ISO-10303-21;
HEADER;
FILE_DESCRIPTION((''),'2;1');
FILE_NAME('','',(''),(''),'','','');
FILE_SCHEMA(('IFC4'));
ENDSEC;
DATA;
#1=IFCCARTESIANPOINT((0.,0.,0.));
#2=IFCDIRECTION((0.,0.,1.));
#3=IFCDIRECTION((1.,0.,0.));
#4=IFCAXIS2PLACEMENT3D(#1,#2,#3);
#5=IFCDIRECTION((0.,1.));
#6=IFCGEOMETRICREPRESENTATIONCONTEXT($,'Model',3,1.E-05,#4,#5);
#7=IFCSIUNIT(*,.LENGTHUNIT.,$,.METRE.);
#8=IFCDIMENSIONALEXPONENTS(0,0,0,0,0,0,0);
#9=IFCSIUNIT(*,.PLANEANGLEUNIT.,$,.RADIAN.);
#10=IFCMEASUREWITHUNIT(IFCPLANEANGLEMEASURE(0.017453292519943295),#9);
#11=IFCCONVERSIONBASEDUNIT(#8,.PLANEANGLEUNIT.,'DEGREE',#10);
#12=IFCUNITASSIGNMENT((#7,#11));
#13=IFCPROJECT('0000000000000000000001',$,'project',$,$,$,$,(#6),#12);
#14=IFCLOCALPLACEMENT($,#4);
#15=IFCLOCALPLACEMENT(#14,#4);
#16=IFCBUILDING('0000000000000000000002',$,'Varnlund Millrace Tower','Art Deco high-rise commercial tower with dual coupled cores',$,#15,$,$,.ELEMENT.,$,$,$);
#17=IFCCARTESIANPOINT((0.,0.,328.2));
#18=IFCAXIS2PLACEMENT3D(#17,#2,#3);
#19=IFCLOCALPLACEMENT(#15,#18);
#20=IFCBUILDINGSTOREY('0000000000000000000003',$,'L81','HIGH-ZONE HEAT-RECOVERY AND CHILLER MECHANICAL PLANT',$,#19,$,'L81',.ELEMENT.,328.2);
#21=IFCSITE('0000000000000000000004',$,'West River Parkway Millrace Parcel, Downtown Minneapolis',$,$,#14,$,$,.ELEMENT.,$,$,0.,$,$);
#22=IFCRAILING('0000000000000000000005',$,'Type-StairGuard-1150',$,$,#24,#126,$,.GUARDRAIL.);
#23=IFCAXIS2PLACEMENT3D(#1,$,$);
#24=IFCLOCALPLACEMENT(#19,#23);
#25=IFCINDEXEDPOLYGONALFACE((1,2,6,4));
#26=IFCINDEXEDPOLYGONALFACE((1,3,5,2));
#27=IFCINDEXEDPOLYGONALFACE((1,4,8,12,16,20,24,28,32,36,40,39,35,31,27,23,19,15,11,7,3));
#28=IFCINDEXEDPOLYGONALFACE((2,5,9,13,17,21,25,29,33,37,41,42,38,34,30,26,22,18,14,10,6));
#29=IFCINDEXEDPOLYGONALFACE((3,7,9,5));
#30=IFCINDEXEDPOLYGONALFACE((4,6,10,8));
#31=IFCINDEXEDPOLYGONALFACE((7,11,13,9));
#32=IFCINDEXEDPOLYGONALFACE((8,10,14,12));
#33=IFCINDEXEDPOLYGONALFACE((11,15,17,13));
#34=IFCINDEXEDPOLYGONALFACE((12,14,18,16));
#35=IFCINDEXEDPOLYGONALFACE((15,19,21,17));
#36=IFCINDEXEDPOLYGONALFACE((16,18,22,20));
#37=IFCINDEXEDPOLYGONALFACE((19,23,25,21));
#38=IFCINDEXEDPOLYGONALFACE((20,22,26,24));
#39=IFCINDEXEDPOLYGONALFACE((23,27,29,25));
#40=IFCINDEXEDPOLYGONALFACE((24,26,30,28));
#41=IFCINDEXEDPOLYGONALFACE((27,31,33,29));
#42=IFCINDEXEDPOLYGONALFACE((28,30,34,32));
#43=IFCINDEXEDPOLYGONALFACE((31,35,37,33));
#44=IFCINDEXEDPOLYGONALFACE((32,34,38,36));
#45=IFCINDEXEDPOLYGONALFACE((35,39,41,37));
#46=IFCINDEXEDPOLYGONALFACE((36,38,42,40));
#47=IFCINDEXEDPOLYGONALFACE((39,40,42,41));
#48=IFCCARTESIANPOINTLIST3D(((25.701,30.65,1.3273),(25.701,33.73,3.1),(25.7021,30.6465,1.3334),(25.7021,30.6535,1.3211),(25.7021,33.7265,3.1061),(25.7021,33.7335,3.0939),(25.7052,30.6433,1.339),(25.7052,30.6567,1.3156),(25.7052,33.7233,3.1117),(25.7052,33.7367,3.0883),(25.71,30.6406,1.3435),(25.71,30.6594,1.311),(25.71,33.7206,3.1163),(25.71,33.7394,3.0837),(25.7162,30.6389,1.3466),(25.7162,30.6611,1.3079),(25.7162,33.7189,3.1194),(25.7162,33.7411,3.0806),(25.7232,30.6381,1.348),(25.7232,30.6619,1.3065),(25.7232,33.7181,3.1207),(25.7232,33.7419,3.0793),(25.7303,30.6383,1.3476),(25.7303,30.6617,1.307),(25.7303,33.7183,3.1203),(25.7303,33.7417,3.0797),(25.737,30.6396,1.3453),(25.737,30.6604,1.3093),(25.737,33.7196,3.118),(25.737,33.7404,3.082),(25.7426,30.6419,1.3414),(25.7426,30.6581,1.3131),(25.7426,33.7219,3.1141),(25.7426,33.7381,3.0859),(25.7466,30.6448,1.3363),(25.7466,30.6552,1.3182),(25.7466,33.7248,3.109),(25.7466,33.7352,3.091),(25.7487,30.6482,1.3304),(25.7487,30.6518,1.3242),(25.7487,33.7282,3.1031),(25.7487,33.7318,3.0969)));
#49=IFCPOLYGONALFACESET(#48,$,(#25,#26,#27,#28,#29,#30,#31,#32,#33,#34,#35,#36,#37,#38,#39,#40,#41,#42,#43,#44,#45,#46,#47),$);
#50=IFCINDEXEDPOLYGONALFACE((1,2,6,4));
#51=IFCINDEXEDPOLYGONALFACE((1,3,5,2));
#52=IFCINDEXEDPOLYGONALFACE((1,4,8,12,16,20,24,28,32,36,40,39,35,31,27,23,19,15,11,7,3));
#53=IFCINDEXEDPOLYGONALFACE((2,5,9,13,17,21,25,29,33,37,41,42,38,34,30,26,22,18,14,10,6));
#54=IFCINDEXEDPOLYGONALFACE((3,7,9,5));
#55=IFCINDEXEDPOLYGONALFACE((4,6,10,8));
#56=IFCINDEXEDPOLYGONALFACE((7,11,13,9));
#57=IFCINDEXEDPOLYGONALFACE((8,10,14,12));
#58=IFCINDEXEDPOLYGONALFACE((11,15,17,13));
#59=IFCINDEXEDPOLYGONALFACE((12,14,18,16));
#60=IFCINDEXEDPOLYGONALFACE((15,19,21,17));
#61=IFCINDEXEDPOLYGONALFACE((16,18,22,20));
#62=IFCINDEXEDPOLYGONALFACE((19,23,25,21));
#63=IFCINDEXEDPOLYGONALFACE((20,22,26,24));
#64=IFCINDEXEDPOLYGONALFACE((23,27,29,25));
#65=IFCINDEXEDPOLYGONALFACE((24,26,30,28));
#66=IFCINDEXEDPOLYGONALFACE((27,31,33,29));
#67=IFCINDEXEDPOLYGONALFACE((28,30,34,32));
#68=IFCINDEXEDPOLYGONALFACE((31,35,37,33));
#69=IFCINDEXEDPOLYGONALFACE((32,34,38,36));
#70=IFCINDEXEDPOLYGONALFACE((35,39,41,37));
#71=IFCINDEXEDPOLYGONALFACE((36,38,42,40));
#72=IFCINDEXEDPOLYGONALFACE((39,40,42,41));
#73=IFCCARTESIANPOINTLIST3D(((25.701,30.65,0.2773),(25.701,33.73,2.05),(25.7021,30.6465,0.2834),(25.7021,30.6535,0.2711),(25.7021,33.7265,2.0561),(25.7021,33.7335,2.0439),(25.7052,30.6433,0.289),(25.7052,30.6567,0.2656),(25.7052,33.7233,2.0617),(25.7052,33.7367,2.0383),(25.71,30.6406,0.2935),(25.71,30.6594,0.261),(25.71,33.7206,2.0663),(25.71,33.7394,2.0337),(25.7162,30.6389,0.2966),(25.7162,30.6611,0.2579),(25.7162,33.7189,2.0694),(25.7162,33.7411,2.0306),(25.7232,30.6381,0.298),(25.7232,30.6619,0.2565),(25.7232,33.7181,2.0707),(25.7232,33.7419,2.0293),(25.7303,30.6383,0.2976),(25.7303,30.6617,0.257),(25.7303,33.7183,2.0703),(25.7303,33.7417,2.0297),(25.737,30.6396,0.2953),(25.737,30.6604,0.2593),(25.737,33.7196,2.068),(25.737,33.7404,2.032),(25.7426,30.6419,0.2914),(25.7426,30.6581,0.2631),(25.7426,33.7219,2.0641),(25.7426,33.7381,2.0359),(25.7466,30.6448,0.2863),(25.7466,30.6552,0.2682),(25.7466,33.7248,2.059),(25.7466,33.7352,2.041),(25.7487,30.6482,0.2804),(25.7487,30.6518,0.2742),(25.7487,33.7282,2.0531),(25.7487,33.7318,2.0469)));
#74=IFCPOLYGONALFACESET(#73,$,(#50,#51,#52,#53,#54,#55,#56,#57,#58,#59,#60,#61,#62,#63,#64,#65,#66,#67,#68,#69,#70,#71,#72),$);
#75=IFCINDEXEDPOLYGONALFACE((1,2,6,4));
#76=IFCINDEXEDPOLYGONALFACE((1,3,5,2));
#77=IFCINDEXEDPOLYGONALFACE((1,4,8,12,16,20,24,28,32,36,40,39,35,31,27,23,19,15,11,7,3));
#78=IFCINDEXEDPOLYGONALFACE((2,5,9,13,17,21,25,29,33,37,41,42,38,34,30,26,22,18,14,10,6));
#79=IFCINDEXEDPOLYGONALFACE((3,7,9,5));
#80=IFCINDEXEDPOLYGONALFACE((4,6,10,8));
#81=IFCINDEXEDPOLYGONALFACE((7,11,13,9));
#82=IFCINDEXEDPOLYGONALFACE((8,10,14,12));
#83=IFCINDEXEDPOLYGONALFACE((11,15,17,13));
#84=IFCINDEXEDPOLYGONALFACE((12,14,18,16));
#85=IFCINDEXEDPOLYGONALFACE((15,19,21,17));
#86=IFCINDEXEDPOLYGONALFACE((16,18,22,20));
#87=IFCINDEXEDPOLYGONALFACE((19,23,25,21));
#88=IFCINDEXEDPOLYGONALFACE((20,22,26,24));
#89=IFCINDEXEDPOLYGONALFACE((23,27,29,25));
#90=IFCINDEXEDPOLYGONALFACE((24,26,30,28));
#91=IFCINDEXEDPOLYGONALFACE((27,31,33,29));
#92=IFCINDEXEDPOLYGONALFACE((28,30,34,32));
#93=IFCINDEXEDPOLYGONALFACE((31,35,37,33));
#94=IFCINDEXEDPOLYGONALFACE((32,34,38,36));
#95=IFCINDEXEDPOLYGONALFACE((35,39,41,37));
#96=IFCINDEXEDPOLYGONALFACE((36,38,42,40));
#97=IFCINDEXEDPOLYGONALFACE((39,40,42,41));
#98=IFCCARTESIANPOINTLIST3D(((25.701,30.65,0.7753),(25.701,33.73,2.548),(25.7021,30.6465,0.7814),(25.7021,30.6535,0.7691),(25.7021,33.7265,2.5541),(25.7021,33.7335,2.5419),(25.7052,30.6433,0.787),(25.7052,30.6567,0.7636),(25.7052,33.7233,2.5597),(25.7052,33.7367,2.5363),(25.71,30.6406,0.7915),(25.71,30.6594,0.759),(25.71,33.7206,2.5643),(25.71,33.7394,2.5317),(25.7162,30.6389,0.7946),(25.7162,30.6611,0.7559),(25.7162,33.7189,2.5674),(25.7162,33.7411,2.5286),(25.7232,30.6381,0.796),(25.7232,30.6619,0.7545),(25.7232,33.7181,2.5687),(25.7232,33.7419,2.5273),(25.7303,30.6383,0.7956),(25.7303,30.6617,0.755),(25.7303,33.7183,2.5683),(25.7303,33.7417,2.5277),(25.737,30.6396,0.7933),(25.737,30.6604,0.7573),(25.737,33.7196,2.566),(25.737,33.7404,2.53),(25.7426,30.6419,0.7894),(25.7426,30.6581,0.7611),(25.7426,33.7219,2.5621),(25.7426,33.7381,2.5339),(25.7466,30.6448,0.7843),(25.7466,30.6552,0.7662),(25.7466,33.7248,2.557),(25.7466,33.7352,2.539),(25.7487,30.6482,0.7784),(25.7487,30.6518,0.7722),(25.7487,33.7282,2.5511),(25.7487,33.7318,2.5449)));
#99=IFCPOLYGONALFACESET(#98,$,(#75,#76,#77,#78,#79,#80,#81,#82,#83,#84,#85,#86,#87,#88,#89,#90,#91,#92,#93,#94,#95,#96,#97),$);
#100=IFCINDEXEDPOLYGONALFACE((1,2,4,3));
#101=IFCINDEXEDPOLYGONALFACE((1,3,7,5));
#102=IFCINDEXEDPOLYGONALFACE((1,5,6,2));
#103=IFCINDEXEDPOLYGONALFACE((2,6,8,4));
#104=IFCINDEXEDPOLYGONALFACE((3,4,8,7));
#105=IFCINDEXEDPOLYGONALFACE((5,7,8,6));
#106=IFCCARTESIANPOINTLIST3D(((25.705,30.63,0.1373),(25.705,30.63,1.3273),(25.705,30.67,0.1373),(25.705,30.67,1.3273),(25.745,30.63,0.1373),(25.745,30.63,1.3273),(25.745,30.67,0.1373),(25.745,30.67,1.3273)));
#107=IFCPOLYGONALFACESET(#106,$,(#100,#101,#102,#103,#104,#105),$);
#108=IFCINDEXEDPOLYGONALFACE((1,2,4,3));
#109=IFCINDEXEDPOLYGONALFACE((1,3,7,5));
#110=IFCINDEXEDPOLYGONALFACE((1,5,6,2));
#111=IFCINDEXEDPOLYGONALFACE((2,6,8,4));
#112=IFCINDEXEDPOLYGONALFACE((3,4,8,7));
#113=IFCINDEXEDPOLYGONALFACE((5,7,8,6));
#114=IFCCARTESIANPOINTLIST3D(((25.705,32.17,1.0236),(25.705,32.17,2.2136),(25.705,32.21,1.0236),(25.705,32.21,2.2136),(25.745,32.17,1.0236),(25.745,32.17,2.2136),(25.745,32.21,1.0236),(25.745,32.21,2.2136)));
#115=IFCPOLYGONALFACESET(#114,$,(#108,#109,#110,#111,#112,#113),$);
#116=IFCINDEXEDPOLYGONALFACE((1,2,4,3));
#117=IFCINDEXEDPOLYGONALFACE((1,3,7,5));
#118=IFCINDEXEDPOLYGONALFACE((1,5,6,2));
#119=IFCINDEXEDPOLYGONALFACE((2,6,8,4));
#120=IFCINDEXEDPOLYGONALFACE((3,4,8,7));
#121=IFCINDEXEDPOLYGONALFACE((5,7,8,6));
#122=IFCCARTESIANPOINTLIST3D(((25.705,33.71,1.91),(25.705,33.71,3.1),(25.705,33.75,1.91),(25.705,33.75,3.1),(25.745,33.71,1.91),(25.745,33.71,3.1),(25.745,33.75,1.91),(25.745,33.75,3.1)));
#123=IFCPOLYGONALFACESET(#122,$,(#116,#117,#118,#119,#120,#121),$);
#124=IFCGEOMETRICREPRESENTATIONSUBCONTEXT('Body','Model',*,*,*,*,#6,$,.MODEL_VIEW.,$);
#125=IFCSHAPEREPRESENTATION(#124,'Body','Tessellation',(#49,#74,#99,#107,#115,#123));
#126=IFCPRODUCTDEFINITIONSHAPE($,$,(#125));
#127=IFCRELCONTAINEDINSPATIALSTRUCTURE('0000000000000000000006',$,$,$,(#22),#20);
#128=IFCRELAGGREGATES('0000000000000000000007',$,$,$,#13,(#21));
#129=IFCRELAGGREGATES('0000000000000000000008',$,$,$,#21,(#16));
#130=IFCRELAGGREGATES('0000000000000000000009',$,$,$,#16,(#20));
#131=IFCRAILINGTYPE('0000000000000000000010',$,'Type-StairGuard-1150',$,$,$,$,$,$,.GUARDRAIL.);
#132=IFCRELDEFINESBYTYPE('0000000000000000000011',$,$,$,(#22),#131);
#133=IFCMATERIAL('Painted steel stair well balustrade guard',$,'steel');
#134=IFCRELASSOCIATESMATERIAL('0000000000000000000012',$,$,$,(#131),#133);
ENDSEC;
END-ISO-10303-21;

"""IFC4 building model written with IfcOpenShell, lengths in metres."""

from ifc_helpers import new_model, entity, si_unit, converted_unit, direction, frame, origin_with_axes, origin_2d_with_axis, place, context, subcontext, project, spatial, rectangle, circle, extrude, material, type_object, element, save


model = new_model("IFC4")

# Units and contexts
model_context = context("Model", 3, precision=1e-05, world=origin_with_axes(), true_north=direction((0.0, 1.0)))
body_context = subcontext(model_context, "Body", "Model", "MODEL_VIEW")
ifc_project = project(units=[si_unit("LENGTHUNIT", "METRE"), converted_unit("PLANEANGLEUNIT", "DEGREE", entity("IfcPlaneAngleMeasure", 0.017453292519943295), si_unit("PLANEANGLEUNIT", "RADIAN"), dimensions=[0, 0, 0, 0, 0, 0, 0])], contexts=[model_context])

# Site, building, storey
site_placement = place(None, origin_with_axes())
site = spatial("IfcSite", under=ifc_project, at=site_placement, Name="West River Parkway Millrace Parcel, Downtown Minneapolis", CompositionType="ELEMENT", RefElevation=0.0)
building_placement = place(site_placement, origin_with_axes())
building = spatial("IfcBuilding", under=site, at=building_placement, Name="Varnlund Millrace Tower", Description="Art Deco high-rise commercial tower with dual coupled cores", CompositionType="ELEMENT")
storey_placement = place(building_placement, frame((0.0, 0.0, 328.2), z_axis=(0.0, 0.0, 1.0), x_axis=(1.0, 0.0, 0.0)))
storey = spatial("IfcBuildingStorey", under=building, at=storey_placement, Name="L81", Description="HIGH-ZONE HEAT-RECOVERY AND CHILLER MECHANICAL PLANT", LongName="L81", CompositionType="ELEMENT", Elevation=328.2)

# Railing
ifc_material_1 = material(Name="Painted steel stair well balustrade guard", Category="steel")
railing_type_1 = type_object("IfcRailingType", Name="Type-StairGuard-1150", PredefinedType="GUARDRAIL", material=ifc_material_1)
railing_1_placement = place(storey_placement, frame((0.0, 0.0, -328.2), z_axis=(0.0, 0.0, 1.0), x_axis=(1.0, 0.0, 0.0)))
element("IfcRailing", 1, at=railing_1_placement, inside=storey, type_object=railing_type_1, Name="Type-StairGuard-1150", PredefinedType="GUARDRAIL", context=body_context, shape_type="SweptSolid", body=[
    extrude(circle(Radius=0.024, at=origin_2d_with_axis()), frame((25.725, 30.65, 329.5273), z_axis=(0.0, 0.866696, 0.498836), x_axis=(-1.0, 0.0, 0.0)), (0.0, 0.0, 1.0), 3.5537),
    extrude(circle(Radius=0.024, at=origin_2d_with_axis()), frame((25.725, 30.65, 328.4773), z_axis=(0.0, 0.866696, 0.498836), x_axis=(-1.0, 0.0, 0.0)), (0.0, 0.0, 1.0), 3.5537),
    extrude(circle(Radius=0.024, at=origin_2d_with_axis()), frame((25.725, 30.65, 328.9753), z_axis=(0.0, 0.866696, 0.498836), x_axis=(-1.0, 0.0, 0.0)), (0.0, 0.0, 1.0), 3.5537),
    extrude(rectangle(XDim=0.04, YDim=0.04, at=origin_2d_with_axis()), frame((25.725, 30.65, 328.3373), z_axis=(0.0, 0.0, 1.0), x_axis=(1.0, 0.0, 0.0)), (0.0, 0.0, 1.0), 1.19),
    extrude(rectangle(XDim=0.04, YDim=0.04, at=origin_2d_with_axis()), frame((25.725, 32.19, 329.2236), z_axis=(0.0, 0.0, 1.0), x_axis=(1.0, 0.0, 0.0)), (0.0, 0.0, 1.0), 1.19),
    extrude(rectangle(XDim=0.04, YDim=0.04, at=origin_2d_with_axis()), frame((25.725, 33.73, 330.11), z_axis=(0.0, 0.0, 1.0), x_axis=(1.0, 0.0, 0.0)), (0.0, 0.0, 1.0), 1.19),
])

save(model, "model.ifc")
